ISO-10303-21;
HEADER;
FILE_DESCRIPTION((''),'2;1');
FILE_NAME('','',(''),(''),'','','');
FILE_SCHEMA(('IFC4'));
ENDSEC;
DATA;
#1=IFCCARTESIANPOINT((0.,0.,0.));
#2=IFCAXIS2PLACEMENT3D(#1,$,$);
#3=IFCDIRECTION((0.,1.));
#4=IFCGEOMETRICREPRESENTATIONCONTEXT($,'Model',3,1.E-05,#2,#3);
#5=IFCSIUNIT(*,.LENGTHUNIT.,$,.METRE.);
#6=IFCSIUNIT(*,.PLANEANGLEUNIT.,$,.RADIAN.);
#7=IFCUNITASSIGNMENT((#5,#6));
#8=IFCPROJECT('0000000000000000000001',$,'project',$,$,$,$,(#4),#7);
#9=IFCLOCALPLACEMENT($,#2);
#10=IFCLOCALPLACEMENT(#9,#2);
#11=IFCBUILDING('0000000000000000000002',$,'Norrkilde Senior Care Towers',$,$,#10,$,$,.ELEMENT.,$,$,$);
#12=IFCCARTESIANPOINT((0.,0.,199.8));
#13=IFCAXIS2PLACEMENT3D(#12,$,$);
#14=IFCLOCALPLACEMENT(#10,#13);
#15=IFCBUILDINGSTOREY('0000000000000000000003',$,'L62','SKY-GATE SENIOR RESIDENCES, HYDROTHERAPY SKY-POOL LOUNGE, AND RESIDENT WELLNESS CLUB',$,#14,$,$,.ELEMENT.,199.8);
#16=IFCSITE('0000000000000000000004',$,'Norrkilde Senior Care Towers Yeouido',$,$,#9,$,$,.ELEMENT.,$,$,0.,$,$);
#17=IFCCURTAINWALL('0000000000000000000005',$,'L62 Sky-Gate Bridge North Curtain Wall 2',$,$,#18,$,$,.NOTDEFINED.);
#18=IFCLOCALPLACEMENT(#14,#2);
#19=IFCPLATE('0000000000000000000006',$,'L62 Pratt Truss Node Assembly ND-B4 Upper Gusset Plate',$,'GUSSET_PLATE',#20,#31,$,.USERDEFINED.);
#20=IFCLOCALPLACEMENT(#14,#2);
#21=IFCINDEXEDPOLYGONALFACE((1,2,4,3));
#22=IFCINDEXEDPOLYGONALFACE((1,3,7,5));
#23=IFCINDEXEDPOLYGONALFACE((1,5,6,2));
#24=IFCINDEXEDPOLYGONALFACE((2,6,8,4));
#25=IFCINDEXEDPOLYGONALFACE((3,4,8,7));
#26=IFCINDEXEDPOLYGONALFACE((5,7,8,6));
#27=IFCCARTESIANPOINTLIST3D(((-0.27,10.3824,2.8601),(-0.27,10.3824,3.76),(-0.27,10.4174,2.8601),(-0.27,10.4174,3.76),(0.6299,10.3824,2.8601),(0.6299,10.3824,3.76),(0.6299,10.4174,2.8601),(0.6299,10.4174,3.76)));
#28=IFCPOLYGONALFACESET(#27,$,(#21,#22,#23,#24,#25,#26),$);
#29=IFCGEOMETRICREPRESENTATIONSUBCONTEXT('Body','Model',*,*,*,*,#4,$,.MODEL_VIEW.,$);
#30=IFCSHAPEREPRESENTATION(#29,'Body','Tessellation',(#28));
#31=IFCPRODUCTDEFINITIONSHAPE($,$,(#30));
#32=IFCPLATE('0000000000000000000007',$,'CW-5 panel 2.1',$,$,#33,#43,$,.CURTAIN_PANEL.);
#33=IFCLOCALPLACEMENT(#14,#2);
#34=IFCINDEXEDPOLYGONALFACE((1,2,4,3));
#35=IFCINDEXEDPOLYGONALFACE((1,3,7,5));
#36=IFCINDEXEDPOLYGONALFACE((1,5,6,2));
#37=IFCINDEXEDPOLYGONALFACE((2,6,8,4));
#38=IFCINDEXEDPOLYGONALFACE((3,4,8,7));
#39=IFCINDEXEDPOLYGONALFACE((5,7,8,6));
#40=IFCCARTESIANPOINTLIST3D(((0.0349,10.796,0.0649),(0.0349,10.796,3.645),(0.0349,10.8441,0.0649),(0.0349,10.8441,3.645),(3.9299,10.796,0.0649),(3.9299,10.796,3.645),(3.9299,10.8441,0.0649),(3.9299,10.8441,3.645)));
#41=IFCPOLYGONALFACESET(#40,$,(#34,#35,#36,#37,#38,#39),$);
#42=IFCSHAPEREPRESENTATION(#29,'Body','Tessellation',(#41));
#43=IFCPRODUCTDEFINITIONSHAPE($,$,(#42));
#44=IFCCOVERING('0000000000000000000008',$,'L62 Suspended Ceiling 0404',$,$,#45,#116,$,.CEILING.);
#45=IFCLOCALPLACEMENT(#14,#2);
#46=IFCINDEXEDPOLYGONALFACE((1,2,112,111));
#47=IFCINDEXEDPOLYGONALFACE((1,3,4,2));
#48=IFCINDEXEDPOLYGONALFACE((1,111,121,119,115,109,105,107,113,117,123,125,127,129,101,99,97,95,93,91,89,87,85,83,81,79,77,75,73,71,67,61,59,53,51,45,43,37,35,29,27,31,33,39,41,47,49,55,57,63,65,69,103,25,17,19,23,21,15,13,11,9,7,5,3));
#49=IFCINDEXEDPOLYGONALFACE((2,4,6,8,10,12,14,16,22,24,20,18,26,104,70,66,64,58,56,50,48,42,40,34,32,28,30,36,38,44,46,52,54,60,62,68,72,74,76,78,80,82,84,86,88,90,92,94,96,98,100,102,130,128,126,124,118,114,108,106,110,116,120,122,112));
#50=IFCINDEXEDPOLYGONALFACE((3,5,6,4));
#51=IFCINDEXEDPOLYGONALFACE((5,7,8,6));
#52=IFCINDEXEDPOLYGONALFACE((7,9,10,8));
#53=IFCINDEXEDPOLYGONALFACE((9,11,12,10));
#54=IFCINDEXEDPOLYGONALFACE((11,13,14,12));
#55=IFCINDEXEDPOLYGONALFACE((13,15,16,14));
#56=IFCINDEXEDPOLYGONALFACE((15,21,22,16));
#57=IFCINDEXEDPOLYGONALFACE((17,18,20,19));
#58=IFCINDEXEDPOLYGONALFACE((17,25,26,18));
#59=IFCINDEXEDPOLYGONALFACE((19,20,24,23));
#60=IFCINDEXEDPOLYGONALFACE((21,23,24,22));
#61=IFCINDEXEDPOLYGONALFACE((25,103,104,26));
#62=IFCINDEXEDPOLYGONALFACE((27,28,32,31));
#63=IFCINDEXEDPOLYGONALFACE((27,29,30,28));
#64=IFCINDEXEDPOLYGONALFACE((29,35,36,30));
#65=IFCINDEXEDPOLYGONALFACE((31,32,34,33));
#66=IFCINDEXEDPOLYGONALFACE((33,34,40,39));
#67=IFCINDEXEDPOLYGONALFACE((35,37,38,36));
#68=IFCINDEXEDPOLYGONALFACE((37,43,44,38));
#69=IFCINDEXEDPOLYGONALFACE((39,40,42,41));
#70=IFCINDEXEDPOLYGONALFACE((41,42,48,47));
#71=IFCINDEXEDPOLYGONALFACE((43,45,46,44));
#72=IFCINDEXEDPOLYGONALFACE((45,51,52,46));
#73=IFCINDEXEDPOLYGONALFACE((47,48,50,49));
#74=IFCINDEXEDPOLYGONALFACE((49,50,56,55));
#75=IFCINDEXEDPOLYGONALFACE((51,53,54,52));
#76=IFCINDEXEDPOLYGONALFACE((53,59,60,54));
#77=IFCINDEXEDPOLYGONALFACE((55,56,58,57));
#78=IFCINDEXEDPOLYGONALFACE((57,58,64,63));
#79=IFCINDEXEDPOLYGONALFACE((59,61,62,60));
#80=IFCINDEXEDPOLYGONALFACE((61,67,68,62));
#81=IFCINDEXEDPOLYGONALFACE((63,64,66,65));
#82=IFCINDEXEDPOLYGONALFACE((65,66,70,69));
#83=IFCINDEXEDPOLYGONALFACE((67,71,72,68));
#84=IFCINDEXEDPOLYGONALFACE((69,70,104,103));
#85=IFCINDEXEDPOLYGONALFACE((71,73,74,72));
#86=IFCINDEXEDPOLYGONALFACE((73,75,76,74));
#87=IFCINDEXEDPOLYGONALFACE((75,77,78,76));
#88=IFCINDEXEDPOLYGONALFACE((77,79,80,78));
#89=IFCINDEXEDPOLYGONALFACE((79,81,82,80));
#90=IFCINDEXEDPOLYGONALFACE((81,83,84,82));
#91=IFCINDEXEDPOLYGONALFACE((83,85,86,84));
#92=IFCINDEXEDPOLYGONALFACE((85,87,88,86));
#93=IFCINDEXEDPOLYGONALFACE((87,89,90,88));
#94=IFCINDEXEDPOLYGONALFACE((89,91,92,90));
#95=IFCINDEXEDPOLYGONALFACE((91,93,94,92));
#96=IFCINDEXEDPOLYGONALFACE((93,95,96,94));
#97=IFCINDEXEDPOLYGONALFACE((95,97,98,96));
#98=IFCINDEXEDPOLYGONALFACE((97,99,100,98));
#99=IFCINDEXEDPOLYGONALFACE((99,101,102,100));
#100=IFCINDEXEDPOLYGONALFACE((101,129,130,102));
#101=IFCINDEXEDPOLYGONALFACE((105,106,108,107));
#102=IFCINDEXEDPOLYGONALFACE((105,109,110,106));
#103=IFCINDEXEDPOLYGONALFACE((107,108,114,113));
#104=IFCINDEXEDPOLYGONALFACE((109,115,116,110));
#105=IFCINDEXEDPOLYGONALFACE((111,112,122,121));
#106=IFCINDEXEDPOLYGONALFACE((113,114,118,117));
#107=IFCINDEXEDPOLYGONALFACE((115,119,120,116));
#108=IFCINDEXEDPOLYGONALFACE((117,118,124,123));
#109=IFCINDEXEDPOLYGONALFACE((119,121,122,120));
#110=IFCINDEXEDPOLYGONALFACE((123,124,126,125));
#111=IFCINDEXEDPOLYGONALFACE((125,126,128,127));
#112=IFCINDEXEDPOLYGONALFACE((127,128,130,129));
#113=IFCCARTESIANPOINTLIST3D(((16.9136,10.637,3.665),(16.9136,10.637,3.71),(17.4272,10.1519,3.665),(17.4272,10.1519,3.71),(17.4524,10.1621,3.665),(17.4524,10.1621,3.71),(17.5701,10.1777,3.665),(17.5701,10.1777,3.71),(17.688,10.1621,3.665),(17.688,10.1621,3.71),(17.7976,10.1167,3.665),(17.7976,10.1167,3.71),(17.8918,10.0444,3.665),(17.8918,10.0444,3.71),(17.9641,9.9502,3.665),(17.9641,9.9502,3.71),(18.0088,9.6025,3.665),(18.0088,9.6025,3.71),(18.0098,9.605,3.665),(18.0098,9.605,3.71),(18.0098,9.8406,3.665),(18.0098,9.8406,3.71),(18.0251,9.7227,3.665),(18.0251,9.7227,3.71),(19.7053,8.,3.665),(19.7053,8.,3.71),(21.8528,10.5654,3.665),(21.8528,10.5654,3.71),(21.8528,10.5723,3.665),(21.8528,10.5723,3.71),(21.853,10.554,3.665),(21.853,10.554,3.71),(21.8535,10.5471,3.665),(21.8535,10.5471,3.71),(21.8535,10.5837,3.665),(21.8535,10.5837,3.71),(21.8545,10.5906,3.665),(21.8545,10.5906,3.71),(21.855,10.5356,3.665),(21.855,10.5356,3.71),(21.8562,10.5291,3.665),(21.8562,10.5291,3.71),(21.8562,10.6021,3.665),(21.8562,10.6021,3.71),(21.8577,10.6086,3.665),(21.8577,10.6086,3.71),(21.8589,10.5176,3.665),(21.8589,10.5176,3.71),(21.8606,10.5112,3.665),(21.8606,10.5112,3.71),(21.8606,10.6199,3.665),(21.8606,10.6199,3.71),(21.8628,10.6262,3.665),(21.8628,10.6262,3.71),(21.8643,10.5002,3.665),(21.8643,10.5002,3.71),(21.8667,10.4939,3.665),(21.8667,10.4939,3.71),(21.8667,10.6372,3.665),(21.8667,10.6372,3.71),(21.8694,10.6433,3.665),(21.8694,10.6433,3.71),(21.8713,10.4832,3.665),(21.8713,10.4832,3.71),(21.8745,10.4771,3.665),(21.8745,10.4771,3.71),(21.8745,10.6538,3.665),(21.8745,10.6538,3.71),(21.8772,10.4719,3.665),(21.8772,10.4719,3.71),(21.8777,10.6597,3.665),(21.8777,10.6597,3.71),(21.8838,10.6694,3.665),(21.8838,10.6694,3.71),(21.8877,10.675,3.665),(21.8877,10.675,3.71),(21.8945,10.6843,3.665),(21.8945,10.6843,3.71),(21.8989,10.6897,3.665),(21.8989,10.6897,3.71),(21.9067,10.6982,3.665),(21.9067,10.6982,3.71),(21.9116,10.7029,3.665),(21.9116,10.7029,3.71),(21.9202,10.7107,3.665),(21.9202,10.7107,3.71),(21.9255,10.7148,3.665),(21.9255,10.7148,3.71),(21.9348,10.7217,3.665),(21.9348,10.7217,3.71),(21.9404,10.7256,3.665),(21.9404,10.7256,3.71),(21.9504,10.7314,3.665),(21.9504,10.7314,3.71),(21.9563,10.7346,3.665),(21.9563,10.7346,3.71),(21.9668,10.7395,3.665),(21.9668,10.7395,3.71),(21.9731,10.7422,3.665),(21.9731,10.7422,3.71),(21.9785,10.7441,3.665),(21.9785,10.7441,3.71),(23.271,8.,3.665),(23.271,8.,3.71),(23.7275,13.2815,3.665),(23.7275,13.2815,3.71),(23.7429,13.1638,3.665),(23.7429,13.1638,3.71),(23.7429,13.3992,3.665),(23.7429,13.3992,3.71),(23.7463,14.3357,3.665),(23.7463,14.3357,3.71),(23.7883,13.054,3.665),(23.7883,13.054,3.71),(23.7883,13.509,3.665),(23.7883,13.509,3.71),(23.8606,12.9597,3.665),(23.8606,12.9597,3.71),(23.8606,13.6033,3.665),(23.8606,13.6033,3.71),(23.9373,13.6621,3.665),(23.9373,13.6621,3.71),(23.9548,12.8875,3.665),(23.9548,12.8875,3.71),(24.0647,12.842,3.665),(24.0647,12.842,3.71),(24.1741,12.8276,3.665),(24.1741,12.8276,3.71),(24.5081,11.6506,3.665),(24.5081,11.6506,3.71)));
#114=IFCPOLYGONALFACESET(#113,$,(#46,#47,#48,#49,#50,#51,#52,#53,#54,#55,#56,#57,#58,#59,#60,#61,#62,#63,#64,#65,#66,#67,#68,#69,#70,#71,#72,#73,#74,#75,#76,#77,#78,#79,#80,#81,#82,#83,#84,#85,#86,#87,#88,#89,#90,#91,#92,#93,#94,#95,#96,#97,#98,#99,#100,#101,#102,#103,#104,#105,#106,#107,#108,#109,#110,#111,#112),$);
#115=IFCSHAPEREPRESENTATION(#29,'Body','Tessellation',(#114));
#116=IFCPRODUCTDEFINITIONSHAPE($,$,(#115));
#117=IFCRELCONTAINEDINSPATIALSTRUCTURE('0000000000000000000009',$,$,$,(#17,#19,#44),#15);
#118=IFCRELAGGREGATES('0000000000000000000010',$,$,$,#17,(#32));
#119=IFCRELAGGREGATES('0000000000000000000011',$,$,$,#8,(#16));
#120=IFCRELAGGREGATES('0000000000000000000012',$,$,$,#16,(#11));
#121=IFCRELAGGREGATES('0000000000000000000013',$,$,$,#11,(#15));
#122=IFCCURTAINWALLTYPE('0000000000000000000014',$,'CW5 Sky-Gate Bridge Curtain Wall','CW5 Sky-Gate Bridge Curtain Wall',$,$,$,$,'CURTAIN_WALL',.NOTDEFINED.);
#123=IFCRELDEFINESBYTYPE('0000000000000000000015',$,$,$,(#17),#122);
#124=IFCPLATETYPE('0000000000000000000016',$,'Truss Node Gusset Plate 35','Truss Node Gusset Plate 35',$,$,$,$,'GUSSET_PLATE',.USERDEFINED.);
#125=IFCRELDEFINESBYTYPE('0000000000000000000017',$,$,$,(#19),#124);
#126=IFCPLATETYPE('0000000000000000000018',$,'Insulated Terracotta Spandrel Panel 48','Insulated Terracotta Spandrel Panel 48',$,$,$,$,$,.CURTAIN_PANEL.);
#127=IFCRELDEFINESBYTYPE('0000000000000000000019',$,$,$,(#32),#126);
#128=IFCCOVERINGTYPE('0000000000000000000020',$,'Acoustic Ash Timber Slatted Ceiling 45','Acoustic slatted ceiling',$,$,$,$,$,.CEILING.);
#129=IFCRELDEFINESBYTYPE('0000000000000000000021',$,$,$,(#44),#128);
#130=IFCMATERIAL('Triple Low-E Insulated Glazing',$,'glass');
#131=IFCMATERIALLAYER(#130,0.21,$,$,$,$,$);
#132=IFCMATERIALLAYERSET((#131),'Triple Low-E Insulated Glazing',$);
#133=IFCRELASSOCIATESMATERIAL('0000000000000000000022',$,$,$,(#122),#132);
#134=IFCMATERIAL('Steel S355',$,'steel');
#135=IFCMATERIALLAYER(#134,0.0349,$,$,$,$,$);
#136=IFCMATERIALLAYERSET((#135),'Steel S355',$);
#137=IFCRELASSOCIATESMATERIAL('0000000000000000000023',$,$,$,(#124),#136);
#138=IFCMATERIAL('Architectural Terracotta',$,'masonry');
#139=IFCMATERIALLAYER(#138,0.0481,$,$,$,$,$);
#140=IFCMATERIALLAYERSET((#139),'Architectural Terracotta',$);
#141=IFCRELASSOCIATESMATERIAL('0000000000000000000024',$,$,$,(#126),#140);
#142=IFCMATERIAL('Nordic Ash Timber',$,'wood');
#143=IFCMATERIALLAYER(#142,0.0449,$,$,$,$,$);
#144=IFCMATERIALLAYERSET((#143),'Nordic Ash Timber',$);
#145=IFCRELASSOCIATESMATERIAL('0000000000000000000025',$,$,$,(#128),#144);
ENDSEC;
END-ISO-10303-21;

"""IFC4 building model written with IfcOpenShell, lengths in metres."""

from ifc_helpers import new_model, si_unit, direction, frame, origin, origin_2d, place, context, subcontext, project, spatial, polyline, rectangle, outline, extrude, source, transform, mapped, material, layer, layer_set, type_object, type_shapes, element, aggregate, save


model = new_model("IFC4")

# Units and contexts
model_context = context("Model", 3, precision=1e-05, world=origin(), true_north=direction((0.0, 1.0)))
body_context = subcontext(model_context, "Body", "Model", "MODEL_VIEW")
ifc_project = project(units=[si_unit("LENGTHUNIT", "METRE"), si_unit("PLANEANGLEUNIT", "RADIAN")], contexts=[model_context])

# Site, building, storey
site_placement = place(None, origin())
site = spatial("IfcSite", under=ifc_project, at=site_placement, Name="Norrkilde Senior Care Towers Yeouido", CompositionType="ELEMENT", RefElevation=0.0)
building_placement = place(site_placement, origin())
building = spatial("IfcBuilding", under=site, at=building_placement, Name="Norrkilde Senior Care Towers", CompositionType="ELEMENT")
storey_placement = place(building_placement, frame((0.0, 0.0, 199.8)))
storey = spatial("IfcBuildingStorey", under=building, at=storey_placement, Name="L62", Description="SKY-GATE SENIOR RESIDENCES, HYDROTHERAPY SKY-POOL LOUNGE, AND RESIDENT WELLNESS CLUB", CompositionType="ELEMENT", Elevation=199.8)

# Shared definitions
ifc_material_1 = material(Name="Steel S355", Category="steel")

# Curtain wall
ifc_material_2 = material(Name="Triple Low-E Insulated Glazing", Category="glass")
ifc_layer_1 = layer(ifc_material_2, 0.21)
ifc_layer_set_1 = layer_set([ifc_layer_1], Name="Triple Low-E Insulated Glazing")
curtain_wall_type = type_object("IfcCurtainWallType", Name="CW5 Sky-Gate Bridge Curtain Wall", Description="CW5 Sky-Gate Bridge Curtain Wall", ElementType="CURTAIN_WALL", PredefinedType="NOTDEFINED", material=ifc_layer_set_1)
curtain_wall_placement = place(storey_placement, origin())
curtain_wall = element("IfcCurtainWall", 1, at=curtain_wall_placement, inside=storey, type_object=curtain_wall_type, Name="L62 Sky-Gate Bridge North Curtain Wall 2", PredefinedType="NOTDEFINED")

# Plates
ifc_layer_2 = layer(ifc_material_1, 0.0349)
ifc_layer_set_2 = layer_set([ifc_layer_2], Name="Steel S355")
plate_type_1 = type_object("IfcPlateType", Name="Truss Node Gusset Plate 35", Description="Truss Node Gusset Plate 35", ElementType="GUSSET_PLATE", PredefinedType="USERDEFINED", material=ifc_layer_set_2)
shared_shape_1 = source(origin(), body_context, "Body", "SweptSolid", [
    extrude(rectangle(XDim=0.8999, YDim=0.0349, at=origin_2d()), origin(), (0.0, 0.0, 1.0), 0.8999),
])
type_shapes(plate_type_1, [shared_shape_1])
plate_1_placement = place(storey_placement, frame((0.1799, 10.3999, 2.8601), z_axis=(0.0, 0.0, 1.0), x_axis=(1.0, 0.0, 0.0)))
element("IfcPlate", 2, at=plate_1_placement, inside=storey, type_object=plate_type_1, Name="L62 Pratt Truss Node Assembly ND-B4 Upper Gusset Plate", ObjectType="GUSSET_PLATE", PredefinedType="USERDEFINED", context=body_context, shape_type="MappedRepresentation", body=[
    mapped(shared_shape_1, transform((0.0, 0.0, 0.0), x_axis=(1.0, 0.0, 0.0), y_axis=(0.0, 1.0, 0.0), z_axis=(0.0, 0.0, 1.0), scale=1.0)),
])
ifc_material_3 = material(Name="Architectural Terracotta", Category="masonry")
ifc_layer_3 = layer(ifc_material_3, 0.0481)
ifc_layer_set_3 = layer_set([ifc_layer_3], Name="Architectural Terracotta")
plate_type_2 = type_object("IfcPlateType", Name="Insulated Terracotta Spandrel Panel 48", Description="Insulated Terracotta Spandrel Panel 48", PredefinedType="CURTAIN_PANEL", material=ifc_layer_set_3)
shared_shape_2 = source(origin(), body_context, "Body", "SweptSolid", [
    extrude(rectangle(XDim=3.895, YDim=0.0481, at=origin_2d()), origin(), (0.0, 0.0, 1.0), 3.5801),
])
type_shapes(plate_type_2, [shared_shape_2])
plate_2_placement = place(storey_placement, frame((1.9824, 10.8201, 0.0649), z_axis=(0.0, 0.0, 1.0), x_axis=(1.0, 0.0, 0.0)))
plate_2 = element("IfcPlate", 3, at=plate_2_placement, type_object=plate_type_2, Name="CW-5 panel 2.1", PredefinedType="CURTAIN_PANEL", context=body_context, shape_type="MappedRepresentation", body=[
    mapped(shared_shape_2, transform((0.0, 0.0, 0.0), x_axis=(1.0, 0.0, 0.0), y_axis=(0.0, 1.0, 0.0), z_axis=(0.0, 0.0, 1.0), scale=1.0)),
])
aggregate(curtain_wall, [plate_2])

# Covering
ifc_material_4 = material(Name="Nordic Ash Timber", Category="wood")
ifc_layer_4 = layer(ifc_material_4, 0.0449)
ifc_layer_set_4 = layer_set([ifc_layer_4], Name="Nordic Ash Timber")
covering_type_1 = type_object("IfcCoveringType", Name="Acoustic Ash Timber Slatted Ceiling 45", Description="Acoustic slatted ceiling", PredefinedType="CEILING", material=ifc_layer_set_4)
covering_1_placement = place(storey_placement, frame((0.0, 0.0, 3.665)))
element("IfcCovering", 4, at=covering_1_placement, inside=storey, type_object=covering_type_1, Name="L62 Suspended Ceiling 0404", PredefinedType="CEILING", context=body_context, shape_type="SweptSolid", body=[
    extrude(outline(polyline([(21.9404, 10.7256), (21.9348, 10.7217), (21.9255, 10.7148), (21.9202, 10.7107), (21.9116, 10.7029), (21.9067, 10.6982), (21.8989, 10.6897), (21.8945, 10.6843), (21.8877, 10.675), (21.8838, 10.6694), (21.8777, 10.6597), (21.8745, 10.6538), (21.8694, 10.6433), (21.8667, 10.6372), (21.8628, 10.6262), (21.8606, 10.6199), (21.8577, 10.6086), (21.8562, 10.6021), (21.8545, 10.5906), (21.8535, 10.5837), (21.8528, 10.5723), (21.8528, 10.5654), (21.853, 10.554), (21.8535, 10.5471), (21.855, 10.5356), (21.8562, 10.5291), (21.8589, 10.5176), (21.8606, 10.5112), (21.8643, 10.5002), (21.8667, 10.4939), (21.8713, 10.4832), (21.8745, 10.4771), (21.8772, 10.4719), (23.271, 8.0), (19.7053, 8.0), (18.0088, 9.6025), (18.0098, 9.605), (18.0251, 9.7227), (18.0098, 9.8406), (17.9641, 9.9502), (17.8918, 10.0444), (17.7976, 10.1167), (17.688, 10.1621), (17.5701, 10.1777), (17.4524, 10.1621), (17.4272, 10.1519), (16.9136, 10.637), (23.7463, 14.3357), (23.9373, 13.6621), (23.8606, 13.6033), (23.7883, 13.509), (23.7429, 13.3992), (23.7275, 13.2815), (23.7429, 13.1638), (23.7883, 13.054), (23.8606, 12.9597), (23.9548, 12.8875), (24.0647, 12.842), (24.1741, 12.8276), (24.5081, 11.6506), (21.9785, 10.7441), (21.9731, 10.7422), (21.9668, 10.7395), (21.9563, 10.7346), (21.9504, 10.7314), (21.9404, 10.7256)])), origin(), (0.0, 0.0, 1.0), 0.0449),
])

save(model, "model.ifc")
